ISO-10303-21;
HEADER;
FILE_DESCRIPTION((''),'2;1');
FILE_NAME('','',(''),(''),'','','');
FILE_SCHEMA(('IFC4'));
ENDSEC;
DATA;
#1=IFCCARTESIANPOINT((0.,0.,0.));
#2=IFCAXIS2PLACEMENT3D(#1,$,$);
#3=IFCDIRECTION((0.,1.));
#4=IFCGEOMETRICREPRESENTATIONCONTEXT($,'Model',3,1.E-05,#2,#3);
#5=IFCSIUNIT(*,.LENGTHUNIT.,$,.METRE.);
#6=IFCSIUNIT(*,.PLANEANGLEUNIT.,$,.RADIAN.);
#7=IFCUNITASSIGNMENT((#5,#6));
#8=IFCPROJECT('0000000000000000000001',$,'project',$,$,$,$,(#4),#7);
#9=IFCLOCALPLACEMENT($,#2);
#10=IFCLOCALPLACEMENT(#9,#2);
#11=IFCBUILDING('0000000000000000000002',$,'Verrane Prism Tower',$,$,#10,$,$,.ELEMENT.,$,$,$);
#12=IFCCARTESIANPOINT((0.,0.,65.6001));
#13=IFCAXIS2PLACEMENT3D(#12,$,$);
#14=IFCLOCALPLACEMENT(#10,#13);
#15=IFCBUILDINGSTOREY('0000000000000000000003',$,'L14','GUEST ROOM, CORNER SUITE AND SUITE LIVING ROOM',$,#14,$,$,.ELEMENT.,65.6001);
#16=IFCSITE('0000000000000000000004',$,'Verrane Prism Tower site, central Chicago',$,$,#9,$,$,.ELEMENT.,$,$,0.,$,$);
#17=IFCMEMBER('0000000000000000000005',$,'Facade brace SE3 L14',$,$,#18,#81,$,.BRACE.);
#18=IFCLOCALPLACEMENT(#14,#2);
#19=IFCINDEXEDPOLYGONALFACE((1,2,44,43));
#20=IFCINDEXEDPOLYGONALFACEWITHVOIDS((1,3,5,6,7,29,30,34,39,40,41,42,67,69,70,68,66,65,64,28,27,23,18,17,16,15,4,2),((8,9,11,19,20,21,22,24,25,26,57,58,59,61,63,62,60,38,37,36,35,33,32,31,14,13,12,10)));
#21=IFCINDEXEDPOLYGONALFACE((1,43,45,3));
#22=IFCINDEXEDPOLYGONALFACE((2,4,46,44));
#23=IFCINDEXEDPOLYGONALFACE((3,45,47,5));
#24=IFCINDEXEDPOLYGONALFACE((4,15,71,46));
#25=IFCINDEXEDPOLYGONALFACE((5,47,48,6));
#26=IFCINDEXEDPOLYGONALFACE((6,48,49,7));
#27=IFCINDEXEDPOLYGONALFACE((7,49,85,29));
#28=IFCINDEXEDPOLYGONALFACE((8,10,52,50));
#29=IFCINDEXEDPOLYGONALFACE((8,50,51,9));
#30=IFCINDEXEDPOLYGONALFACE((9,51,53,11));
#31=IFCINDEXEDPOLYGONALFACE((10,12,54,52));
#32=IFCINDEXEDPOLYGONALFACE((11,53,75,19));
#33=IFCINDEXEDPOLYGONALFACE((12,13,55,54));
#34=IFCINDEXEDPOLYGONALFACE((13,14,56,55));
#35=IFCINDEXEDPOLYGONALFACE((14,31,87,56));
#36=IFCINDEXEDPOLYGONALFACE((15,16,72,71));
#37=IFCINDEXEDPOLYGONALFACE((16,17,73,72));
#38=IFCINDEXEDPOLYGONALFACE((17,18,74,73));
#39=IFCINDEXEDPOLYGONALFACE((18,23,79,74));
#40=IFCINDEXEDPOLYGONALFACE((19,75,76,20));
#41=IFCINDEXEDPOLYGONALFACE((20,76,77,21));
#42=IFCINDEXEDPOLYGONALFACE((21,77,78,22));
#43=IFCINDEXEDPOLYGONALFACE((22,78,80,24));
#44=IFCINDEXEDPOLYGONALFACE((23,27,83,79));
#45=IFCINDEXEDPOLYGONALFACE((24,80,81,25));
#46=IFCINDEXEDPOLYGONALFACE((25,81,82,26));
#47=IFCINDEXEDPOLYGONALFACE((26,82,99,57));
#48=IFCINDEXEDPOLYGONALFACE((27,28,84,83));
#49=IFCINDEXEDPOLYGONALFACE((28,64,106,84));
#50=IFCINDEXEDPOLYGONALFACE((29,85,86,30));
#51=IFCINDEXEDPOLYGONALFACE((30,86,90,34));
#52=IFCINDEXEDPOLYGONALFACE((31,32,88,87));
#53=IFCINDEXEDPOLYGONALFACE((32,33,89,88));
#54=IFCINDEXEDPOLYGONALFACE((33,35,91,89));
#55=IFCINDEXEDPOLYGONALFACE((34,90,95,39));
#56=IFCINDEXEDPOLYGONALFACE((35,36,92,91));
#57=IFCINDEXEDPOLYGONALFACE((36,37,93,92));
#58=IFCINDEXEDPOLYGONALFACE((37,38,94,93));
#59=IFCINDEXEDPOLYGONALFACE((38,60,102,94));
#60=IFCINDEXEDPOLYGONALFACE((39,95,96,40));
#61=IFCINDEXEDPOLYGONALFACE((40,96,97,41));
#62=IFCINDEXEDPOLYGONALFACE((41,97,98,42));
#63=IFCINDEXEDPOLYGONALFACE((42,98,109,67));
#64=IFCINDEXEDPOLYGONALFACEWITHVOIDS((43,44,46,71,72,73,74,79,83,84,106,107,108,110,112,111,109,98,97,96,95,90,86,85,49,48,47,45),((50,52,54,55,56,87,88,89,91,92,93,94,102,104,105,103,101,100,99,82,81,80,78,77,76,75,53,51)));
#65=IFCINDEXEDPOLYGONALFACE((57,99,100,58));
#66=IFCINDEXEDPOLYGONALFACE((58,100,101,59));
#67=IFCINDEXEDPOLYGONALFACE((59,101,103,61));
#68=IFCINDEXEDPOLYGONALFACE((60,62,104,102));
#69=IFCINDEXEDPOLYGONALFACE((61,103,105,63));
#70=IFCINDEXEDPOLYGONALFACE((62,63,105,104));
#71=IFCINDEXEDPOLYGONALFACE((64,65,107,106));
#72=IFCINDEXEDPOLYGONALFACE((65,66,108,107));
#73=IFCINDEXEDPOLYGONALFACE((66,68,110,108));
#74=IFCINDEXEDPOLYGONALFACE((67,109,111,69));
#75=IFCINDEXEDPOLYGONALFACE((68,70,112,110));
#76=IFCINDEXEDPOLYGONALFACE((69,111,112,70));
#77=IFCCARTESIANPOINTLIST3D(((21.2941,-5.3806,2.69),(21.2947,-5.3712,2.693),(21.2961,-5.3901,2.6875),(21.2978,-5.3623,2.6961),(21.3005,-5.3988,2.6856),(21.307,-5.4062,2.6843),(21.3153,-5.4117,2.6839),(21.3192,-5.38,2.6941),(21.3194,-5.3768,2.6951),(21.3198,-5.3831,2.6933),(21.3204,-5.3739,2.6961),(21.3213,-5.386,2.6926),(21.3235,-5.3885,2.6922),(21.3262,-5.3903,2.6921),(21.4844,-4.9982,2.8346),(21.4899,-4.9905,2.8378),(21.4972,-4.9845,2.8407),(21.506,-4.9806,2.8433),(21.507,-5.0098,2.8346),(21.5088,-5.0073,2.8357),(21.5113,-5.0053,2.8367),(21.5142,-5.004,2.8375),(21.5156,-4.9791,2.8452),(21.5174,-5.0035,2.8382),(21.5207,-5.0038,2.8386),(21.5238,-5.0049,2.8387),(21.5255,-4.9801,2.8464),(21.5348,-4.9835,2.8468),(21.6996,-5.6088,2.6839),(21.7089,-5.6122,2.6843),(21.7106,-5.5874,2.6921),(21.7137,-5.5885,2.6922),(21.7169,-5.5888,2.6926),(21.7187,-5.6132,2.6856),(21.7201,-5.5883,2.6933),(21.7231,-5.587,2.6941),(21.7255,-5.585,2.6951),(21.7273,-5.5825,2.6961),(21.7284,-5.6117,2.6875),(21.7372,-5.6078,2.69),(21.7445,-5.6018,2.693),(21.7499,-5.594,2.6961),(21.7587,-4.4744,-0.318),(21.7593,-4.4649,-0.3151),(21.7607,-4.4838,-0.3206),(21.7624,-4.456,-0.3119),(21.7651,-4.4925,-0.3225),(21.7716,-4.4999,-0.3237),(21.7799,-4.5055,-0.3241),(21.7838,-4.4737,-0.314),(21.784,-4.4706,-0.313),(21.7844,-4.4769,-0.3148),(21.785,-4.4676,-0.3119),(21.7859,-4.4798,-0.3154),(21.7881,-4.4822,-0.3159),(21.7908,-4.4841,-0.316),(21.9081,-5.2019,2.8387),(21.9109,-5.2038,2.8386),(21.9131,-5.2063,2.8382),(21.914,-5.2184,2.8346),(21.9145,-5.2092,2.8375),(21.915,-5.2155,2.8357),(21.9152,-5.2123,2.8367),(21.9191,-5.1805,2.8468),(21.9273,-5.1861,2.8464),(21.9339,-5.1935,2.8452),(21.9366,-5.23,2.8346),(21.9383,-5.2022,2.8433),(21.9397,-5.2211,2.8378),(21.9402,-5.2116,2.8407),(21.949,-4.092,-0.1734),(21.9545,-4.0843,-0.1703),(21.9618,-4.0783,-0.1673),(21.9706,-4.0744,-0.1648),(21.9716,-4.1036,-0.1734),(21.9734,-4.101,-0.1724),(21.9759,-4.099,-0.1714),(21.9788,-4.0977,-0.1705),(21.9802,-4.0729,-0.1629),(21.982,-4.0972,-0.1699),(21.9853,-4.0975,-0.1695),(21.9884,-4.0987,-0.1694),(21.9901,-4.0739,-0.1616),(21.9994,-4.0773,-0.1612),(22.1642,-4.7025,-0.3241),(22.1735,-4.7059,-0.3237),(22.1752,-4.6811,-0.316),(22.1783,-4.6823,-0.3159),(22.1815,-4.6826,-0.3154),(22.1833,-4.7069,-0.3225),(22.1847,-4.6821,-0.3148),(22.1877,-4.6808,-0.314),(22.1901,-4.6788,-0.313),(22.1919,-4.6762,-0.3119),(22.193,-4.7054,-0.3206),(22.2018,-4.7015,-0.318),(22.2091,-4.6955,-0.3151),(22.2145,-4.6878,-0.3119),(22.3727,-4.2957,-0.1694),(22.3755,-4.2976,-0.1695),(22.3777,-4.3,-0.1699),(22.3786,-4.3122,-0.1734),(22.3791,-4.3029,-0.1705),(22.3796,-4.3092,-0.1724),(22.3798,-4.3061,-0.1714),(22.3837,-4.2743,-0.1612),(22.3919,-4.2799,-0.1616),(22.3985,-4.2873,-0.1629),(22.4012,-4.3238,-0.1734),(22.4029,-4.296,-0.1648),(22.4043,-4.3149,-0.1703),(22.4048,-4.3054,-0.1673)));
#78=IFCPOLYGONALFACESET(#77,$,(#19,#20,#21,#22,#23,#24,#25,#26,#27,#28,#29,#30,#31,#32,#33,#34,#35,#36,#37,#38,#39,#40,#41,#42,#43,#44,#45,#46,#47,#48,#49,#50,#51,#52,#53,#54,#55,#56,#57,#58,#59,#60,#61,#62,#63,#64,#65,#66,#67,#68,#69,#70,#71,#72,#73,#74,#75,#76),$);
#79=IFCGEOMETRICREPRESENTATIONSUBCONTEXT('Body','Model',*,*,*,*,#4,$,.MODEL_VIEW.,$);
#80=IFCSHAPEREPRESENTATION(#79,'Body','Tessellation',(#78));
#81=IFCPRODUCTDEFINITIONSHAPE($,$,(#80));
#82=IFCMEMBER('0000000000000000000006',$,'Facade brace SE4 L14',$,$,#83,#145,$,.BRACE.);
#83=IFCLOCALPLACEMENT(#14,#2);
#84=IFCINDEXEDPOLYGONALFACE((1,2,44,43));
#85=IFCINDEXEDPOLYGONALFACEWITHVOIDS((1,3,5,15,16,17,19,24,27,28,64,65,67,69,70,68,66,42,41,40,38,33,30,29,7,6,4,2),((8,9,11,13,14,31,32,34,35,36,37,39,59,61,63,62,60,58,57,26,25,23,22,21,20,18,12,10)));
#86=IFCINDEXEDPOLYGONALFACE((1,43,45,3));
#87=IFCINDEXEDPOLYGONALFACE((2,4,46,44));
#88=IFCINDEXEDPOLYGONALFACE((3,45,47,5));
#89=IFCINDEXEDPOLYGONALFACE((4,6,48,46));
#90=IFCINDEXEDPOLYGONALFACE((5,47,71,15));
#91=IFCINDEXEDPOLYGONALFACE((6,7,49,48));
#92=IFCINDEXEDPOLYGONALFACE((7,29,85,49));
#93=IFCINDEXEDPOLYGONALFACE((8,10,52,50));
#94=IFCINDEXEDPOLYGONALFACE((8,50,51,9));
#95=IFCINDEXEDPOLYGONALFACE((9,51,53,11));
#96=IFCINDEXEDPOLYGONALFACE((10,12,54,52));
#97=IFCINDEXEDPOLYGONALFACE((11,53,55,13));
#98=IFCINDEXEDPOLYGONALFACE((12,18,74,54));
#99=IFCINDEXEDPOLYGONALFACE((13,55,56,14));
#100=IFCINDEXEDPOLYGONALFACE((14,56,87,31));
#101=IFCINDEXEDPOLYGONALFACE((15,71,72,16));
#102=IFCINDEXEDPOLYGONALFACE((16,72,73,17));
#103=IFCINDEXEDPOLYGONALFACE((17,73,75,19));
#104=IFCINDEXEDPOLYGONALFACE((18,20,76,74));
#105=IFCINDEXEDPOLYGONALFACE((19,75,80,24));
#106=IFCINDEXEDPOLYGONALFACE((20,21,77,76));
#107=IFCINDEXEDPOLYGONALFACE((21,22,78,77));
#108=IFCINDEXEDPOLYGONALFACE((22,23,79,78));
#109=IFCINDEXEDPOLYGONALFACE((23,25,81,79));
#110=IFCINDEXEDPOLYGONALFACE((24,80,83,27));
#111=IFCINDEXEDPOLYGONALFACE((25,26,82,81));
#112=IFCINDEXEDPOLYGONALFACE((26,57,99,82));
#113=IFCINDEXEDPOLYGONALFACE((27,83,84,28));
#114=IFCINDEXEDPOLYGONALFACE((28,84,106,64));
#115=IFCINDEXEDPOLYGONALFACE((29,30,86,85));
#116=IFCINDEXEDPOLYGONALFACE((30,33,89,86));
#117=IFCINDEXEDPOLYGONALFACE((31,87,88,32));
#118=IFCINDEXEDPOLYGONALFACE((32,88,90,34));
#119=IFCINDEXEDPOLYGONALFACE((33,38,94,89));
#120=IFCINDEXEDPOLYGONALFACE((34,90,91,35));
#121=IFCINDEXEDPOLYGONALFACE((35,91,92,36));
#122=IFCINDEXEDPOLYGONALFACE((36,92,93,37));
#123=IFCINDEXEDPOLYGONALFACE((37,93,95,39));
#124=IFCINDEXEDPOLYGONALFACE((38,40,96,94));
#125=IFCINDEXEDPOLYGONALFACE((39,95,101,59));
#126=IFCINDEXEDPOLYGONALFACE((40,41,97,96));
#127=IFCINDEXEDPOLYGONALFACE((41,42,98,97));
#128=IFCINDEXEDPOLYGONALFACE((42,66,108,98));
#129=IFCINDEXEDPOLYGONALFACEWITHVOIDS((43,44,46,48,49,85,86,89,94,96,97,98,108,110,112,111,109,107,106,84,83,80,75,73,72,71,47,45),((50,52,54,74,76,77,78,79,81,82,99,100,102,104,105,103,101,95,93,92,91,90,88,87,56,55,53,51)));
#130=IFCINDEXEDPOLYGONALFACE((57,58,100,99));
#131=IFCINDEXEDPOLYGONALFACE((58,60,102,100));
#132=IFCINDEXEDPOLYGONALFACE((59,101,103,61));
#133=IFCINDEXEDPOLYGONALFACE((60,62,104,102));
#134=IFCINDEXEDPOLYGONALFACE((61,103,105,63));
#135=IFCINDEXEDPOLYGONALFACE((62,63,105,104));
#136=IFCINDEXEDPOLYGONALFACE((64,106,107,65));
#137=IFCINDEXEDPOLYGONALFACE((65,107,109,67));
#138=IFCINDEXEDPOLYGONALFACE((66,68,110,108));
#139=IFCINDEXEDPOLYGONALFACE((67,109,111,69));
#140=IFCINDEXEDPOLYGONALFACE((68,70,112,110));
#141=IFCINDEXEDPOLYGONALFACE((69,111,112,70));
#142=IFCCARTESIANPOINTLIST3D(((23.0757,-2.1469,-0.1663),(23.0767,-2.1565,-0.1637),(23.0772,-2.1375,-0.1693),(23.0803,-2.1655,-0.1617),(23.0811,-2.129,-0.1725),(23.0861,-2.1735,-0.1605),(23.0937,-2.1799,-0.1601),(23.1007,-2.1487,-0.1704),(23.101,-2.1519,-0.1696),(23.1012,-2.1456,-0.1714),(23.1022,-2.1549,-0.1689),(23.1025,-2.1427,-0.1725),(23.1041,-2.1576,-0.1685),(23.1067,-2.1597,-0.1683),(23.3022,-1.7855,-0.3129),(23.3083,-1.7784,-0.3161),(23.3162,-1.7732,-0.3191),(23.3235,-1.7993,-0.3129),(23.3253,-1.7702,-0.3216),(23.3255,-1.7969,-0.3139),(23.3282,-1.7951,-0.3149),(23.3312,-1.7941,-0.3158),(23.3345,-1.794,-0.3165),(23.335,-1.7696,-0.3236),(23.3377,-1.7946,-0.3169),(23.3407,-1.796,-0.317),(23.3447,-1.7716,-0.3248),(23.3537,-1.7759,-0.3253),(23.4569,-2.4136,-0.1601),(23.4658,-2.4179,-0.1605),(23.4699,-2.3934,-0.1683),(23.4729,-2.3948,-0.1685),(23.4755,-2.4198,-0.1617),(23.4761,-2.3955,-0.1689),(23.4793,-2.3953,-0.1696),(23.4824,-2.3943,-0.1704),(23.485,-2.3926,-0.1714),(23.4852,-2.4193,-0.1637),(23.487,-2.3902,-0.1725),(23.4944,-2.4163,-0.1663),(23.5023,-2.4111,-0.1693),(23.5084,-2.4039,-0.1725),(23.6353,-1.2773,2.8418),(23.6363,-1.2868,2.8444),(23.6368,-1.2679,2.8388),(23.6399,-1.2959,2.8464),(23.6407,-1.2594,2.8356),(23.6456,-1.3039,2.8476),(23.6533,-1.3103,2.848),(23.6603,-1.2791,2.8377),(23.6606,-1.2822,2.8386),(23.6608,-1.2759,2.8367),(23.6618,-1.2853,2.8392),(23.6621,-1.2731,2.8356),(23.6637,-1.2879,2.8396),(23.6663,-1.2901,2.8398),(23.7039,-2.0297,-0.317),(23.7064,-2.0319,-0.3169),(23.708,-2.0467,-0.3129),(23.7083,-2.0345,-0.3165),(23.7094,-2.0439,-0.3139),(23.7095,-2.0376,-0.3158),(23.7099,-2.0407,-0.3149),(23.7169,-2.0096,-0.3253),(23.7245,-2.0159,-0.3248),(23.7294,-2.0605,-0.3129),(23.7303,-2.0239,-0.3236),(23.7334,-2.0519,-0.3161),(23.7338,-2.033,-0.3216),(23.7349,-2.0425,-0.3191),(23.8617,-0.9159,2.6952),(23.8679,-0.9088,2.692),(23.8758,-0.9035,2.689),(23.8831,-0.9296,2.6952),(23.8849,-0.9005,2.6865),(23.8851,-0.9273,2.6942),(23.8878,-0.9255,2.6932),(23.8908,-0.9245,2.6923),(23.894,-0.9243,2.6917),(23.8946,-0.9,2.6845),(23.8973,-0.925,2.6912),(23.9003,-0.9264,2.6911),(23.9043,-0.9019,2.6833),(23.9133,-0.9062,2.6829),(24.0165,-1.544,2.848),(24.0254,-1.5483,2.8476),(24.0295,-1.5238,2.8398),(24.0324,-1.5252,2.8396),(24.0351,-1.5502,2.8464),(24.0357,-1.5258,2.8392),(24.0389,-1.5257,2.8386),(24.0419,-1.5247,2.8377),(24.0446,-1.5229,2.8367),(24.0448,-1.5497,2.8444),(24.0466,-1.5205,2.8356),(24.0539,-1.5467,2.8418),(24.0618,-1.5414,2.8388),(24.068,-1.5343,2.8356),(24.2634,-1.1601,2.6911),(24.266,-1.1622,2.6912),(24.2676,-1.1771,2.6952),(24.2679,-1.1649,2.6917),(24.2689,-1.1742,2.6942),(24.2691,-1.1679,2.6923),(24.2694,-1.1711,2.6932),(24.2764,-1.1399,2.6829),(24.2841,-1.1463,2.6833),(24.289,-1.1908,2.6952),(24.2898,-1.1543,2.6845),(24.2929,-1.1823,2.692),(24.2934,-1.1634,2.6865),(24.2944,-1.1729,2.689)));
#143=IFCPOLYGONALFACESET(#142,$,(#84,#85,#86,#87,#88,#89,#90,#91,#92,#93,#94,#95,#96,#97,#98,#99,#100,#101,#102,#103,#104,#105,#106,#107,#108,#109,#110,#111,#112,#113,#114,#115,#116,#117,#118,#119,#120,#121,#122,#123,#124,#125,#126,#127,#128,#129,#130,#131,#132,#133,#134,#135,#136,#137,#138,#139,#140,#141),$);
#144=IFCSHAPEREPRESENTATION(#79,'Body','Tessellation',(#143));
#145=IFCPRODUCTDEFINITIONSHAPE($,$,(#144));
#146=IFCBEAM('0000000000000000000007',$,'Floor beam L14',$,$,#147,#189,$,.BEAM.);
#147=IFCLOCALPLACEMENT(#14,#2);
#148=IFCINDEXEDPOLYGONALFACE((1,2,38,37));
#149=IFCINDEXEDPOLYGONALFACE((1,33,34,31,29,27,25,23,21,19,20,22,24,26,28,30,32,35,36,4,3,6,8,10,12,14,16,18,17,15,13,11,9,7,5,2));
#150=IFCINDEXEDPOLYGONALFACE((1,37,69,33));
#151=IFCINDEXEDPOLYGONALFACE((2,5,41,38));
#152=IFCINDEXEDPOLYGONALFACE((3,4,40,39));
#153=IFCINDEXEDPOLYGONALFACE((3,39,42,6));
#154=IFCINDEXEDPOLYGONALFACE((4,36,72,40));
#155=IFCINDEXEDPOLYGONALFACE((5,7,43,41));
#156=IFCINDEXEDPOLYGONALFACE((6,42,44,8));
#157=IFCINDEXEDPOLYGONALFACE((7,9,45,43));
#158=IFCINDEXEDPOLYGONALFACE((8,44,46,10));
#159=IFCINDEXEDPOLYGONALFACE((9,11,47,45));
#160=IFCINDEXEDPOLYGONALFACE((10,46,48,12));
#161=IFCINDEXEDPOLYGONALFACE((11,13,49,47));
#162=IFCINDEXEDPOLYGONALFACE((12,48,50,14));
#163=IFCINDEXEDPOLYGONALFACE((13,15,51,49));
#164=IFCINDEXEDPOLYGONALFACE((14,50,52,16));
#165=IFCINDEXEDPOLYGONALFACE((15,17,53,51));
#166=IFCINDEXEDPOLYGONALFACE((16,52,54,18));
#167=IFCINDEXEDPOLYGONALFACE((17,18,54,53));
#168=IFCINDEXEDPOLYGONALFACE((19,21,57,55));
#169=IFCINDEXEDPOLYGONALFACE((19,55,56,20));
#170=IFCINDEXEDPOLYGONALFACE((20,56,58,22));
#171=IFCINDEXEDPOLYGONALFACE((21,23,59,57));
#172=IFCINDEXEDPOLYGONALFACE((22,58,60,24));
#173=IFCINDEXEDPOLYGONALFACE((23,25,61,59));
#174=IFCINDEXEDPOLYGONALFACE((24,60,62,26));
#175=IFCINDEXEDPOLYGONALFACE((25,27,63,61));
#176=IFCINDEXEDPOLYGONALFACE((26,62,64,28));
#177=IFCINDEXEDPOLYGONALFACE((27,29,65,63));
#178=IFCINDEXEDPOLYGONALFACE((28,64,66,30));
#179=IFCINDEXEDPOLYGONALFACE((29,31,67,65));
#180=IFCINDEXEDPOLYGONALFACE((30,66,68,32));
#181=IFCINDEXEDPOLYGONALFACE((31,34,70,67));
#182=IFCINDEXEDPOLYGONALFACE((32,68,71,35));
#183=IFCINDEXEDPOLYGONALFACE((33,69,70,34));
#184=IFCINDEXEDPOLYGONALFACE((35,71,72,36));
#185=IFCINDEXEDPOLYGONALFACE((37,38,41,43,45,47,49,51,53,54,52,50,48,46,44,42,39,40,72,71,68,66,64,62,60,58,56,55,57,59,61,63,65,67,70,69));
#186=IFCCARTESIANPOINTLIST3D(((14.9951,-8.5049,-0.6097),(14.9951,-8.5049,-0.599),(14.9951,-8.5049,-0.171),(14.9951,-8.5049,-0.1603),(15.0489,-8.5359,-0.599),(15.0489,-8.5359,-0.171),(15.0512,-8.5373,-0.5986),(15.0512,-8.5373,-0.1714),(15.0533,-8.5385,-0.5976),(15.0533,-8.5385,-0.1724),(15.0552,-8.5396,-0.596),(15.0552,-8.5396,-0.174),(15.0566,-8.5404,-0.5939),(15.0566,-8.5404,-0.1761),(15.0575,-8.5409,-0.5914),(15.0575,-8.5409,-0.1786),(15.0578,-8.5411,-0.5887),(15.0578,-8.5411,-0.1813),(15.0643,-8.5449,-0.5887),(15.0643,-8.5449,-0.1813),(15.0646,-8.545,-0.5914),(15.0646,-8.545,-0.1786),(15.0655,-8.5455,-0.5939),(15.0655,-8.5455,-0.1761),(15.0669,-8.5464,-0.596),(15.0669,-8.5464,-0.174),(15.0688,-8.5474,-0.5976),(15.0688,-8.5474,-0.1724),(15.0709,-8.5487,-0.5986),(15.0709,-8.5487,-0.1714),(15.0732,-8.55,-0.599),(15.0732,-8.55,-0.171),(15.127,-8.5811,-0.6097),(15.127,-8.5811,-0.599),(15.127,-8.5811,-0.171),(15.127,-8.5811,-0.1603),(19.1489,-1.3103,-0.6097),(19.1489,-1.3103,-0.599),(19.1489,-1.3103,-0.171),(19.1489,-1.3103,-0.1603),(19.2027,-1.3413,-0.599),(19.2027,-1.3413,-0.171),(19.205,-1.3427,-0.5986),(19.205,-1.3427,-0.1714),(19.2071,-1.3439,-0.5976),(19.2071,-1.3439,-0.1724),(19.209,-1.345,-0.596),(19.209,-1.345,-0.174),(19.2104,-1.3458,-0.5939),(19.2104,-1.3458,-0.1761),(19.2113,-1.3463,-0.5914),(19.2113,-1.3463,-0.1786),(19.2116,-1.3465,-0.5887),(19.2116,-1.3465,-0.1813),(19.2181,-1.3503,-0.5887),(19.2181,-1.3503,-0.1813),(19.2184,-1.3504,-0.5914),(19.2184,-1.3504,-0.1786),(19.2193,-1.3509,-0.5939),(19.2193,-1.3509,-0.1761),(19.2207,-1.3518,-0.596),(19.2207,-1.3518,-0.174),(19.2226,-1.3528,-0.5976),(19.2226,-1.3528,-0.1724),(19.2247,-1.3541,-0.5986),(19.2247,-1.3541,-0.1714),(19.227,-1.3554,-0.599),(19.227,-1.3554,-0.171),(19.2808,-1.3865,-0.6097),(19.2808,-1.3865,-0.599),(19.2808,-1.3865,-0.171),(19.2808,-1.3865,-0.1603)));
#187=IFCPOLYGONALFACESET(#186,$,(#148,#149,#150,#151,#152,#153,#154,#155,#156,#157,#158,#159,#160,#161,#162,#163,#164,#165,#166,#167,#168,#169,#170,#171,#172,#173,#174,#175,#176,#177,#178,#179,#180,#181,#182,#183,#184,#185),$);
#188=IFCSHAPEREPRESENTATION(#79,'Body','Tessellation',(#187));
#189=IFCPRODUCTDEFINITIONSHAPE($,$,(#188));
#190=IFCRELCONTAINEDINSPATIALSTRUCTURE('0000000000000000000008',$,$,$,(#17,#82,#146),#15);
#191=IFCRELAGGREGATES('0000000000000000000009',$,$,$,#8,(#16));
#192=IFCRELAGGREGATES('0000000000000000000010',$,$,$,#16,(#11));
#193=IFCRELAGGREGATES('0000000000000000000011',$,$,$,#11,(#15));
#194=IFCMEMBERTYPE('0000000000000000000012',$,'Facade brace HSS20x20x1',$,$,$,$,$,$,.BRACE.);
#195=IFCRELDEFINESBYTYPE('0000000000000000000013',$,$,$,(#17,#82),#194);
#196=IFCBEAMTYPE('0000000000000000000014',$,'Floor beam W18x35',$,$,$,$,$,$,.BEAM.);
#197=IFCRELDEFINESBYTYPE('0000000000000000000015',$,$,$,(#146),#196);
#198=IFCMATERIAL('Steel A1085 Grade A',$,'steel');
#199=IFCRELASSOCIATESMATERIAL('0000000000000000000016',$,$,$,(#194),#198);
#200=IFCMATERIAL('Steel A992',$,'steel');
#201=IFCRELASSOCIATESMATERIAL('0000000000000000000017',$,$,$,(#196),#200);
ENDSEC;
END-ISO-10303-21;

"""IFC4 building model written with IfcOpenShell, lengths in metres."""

from ifc_helpers import new_model, si_unit, direction, frame, origin, origin_2d, place, context, subcontext, project, spatial, hollow_rectangle, i_section, extrude, material, material_profile, profile_set, type_object, element, save


model = new_model("IFC4")

# Units and contexts
model_context = context("Model", 3, precision=1e-05, world=origin(), true_north=direction((0.0, 1.0)))
body_context = subcontext(model_context, "Body", "Model", "MODEL_VIEW")
ifc_project = project(units=[si_unit("LENGTHUNIT", "METRE"), si_unit("PLANEANGLEUNIT", "RADIAN")], contexts=[model_context])

# Site, building, storey
site_placement = place(None, origin())
site = spatial("IfcSite", under=ifc_project, at=site_placement, Name="Verrane Prism Tower site, central Chicago", CompositionType="ELEMENT", RefElevation=0.0)
building_placement = place(site_placement, origin())
building = spatial("IfcBuilding", under=site, at=building_placement, Name="Verrane Prism Tower", CompositionType="ELEMENT")
storey_placement = place(building_placement, frame((0.0, 0.0, 65.6001)))
storey = spatial("IfcBuildingStorey", under=building, at=storey_placement, Name="L14", Description="GUEST ROOM, CORNER SUITE AND SUITE LIVING ROOM", CompositionType="ELEMENT", Elevation=65.6001)

# Members
ifc_material_1 = material(Name="Steel A1085 Grade A", Category="steel")
ifc_material_profile_1 = material_profile(ifc_material_1, hollow_rectangle(XDim=0.5081, YDim=0.5081, WallThickness=0.0254, InnerFilletRadius=0.0127, OuterFilletRadius=0.0381, at=origin_2d()), Name="HSS20x20x1")
ifc_profile_set_1 = profile_set([ifc_material_profile_1], Name="Steel A1085 Grade A")
member_type_1 = type_object("IfcMemberType", Name="Facade brace HSS20x20x1", PredefinedType="BRACE", material=ifc_profile_set_1)
member_1_placement = place(storey_placement, frame((22.0818, -4.3899, -0.2427), z_axis=(-0.146295, -0.285363, 0.947188), x_axis=(0.889875, -0.456205, 0.0)))
element("IfcMember", 1, at=member_1_placement, inside=storey, type_object=member_type_1, Name="Facade brace SE3 L14", PredefinedType="BRACE", context=body_context, shape_type="SweptSolid", body=[
    extrude(hollow_rectangle(XDim=0.5081, YDim=0.5081, WallThickness=0.0254, InnerFilletRadius=0.0127, OuterFilletRadius=0.0381, at=origin_2d()), origin(), (0.0, 0.0, 1.0), 3.1758),
])
member_2_placement = place(storey_placement, frame((23.4053, -2.0947, -0.2427), z_axis=(0.175919, 0.273396, 0.945678), x_axis=(-0.840948, 0.541116, 0.0)))
element("IfcMember", 2, at=member_2_placement, inside=storey, type_object=member_type_1, Name="Facade brace SE4 L14", PredefinedType="BRACE", context=body_context, shape_type="SweptSolid", body=[
    extrude(hollow_rectangle(XDim=0.5081, YDim=0.5081, WallThickness=0.0254, InnerFilletRadius=0.0127, OuterFilletRadius=0.0381, at=origin_2d()), origin(), (0.0, 0.0, 1.0), 3.1809),
])

# Beam
ifc_material_2 = material(Name="Steel A992", Category="steel")
ifc_material_profile_2 = material_profile(ifc_material_2, i_section(OverallWidth=0.1523, OverallDepth=0.4495, WebThickness=0.0076, FlangeThickness=0.0107, FilletRadius=0.0103, at=origin_2d()), Name="W18x35")
ifc_profile_set_2 = profile_set([ifc_material_profile_2], Name="Steel A992")
beam_type_1 = type_object("IfcBeamType", Name="Floor beam W18x35", PredefinedType="BEAM", material=ifc_profile_set_2)
beam_1_placement = place(storey_placement, frame((15.061, -8.543, -0.385), z_axis=(0.500001, 0.866025, 0.0), x_axis=(-0.866025, 0.500001, 0.0)))
element("IfcBeam", 3, at=beam_1_placement, inside=storey, type_object=beam_type_1, Name="Floor beam L14", PredefinedType="BEAM", context=body_context, shape_type="SweptSolid", body=[
    extrude(i_section(OverallWidth=0.1523, OverallDepth=0.4495, WebThickness=0.0076, FlangeThickness=0.0107, FilletRadius=0.0103, at=origin_2d()), origin(), (0.0, 0.0, 1.0), 8.3076),
])

save(model, "model.ifc")
